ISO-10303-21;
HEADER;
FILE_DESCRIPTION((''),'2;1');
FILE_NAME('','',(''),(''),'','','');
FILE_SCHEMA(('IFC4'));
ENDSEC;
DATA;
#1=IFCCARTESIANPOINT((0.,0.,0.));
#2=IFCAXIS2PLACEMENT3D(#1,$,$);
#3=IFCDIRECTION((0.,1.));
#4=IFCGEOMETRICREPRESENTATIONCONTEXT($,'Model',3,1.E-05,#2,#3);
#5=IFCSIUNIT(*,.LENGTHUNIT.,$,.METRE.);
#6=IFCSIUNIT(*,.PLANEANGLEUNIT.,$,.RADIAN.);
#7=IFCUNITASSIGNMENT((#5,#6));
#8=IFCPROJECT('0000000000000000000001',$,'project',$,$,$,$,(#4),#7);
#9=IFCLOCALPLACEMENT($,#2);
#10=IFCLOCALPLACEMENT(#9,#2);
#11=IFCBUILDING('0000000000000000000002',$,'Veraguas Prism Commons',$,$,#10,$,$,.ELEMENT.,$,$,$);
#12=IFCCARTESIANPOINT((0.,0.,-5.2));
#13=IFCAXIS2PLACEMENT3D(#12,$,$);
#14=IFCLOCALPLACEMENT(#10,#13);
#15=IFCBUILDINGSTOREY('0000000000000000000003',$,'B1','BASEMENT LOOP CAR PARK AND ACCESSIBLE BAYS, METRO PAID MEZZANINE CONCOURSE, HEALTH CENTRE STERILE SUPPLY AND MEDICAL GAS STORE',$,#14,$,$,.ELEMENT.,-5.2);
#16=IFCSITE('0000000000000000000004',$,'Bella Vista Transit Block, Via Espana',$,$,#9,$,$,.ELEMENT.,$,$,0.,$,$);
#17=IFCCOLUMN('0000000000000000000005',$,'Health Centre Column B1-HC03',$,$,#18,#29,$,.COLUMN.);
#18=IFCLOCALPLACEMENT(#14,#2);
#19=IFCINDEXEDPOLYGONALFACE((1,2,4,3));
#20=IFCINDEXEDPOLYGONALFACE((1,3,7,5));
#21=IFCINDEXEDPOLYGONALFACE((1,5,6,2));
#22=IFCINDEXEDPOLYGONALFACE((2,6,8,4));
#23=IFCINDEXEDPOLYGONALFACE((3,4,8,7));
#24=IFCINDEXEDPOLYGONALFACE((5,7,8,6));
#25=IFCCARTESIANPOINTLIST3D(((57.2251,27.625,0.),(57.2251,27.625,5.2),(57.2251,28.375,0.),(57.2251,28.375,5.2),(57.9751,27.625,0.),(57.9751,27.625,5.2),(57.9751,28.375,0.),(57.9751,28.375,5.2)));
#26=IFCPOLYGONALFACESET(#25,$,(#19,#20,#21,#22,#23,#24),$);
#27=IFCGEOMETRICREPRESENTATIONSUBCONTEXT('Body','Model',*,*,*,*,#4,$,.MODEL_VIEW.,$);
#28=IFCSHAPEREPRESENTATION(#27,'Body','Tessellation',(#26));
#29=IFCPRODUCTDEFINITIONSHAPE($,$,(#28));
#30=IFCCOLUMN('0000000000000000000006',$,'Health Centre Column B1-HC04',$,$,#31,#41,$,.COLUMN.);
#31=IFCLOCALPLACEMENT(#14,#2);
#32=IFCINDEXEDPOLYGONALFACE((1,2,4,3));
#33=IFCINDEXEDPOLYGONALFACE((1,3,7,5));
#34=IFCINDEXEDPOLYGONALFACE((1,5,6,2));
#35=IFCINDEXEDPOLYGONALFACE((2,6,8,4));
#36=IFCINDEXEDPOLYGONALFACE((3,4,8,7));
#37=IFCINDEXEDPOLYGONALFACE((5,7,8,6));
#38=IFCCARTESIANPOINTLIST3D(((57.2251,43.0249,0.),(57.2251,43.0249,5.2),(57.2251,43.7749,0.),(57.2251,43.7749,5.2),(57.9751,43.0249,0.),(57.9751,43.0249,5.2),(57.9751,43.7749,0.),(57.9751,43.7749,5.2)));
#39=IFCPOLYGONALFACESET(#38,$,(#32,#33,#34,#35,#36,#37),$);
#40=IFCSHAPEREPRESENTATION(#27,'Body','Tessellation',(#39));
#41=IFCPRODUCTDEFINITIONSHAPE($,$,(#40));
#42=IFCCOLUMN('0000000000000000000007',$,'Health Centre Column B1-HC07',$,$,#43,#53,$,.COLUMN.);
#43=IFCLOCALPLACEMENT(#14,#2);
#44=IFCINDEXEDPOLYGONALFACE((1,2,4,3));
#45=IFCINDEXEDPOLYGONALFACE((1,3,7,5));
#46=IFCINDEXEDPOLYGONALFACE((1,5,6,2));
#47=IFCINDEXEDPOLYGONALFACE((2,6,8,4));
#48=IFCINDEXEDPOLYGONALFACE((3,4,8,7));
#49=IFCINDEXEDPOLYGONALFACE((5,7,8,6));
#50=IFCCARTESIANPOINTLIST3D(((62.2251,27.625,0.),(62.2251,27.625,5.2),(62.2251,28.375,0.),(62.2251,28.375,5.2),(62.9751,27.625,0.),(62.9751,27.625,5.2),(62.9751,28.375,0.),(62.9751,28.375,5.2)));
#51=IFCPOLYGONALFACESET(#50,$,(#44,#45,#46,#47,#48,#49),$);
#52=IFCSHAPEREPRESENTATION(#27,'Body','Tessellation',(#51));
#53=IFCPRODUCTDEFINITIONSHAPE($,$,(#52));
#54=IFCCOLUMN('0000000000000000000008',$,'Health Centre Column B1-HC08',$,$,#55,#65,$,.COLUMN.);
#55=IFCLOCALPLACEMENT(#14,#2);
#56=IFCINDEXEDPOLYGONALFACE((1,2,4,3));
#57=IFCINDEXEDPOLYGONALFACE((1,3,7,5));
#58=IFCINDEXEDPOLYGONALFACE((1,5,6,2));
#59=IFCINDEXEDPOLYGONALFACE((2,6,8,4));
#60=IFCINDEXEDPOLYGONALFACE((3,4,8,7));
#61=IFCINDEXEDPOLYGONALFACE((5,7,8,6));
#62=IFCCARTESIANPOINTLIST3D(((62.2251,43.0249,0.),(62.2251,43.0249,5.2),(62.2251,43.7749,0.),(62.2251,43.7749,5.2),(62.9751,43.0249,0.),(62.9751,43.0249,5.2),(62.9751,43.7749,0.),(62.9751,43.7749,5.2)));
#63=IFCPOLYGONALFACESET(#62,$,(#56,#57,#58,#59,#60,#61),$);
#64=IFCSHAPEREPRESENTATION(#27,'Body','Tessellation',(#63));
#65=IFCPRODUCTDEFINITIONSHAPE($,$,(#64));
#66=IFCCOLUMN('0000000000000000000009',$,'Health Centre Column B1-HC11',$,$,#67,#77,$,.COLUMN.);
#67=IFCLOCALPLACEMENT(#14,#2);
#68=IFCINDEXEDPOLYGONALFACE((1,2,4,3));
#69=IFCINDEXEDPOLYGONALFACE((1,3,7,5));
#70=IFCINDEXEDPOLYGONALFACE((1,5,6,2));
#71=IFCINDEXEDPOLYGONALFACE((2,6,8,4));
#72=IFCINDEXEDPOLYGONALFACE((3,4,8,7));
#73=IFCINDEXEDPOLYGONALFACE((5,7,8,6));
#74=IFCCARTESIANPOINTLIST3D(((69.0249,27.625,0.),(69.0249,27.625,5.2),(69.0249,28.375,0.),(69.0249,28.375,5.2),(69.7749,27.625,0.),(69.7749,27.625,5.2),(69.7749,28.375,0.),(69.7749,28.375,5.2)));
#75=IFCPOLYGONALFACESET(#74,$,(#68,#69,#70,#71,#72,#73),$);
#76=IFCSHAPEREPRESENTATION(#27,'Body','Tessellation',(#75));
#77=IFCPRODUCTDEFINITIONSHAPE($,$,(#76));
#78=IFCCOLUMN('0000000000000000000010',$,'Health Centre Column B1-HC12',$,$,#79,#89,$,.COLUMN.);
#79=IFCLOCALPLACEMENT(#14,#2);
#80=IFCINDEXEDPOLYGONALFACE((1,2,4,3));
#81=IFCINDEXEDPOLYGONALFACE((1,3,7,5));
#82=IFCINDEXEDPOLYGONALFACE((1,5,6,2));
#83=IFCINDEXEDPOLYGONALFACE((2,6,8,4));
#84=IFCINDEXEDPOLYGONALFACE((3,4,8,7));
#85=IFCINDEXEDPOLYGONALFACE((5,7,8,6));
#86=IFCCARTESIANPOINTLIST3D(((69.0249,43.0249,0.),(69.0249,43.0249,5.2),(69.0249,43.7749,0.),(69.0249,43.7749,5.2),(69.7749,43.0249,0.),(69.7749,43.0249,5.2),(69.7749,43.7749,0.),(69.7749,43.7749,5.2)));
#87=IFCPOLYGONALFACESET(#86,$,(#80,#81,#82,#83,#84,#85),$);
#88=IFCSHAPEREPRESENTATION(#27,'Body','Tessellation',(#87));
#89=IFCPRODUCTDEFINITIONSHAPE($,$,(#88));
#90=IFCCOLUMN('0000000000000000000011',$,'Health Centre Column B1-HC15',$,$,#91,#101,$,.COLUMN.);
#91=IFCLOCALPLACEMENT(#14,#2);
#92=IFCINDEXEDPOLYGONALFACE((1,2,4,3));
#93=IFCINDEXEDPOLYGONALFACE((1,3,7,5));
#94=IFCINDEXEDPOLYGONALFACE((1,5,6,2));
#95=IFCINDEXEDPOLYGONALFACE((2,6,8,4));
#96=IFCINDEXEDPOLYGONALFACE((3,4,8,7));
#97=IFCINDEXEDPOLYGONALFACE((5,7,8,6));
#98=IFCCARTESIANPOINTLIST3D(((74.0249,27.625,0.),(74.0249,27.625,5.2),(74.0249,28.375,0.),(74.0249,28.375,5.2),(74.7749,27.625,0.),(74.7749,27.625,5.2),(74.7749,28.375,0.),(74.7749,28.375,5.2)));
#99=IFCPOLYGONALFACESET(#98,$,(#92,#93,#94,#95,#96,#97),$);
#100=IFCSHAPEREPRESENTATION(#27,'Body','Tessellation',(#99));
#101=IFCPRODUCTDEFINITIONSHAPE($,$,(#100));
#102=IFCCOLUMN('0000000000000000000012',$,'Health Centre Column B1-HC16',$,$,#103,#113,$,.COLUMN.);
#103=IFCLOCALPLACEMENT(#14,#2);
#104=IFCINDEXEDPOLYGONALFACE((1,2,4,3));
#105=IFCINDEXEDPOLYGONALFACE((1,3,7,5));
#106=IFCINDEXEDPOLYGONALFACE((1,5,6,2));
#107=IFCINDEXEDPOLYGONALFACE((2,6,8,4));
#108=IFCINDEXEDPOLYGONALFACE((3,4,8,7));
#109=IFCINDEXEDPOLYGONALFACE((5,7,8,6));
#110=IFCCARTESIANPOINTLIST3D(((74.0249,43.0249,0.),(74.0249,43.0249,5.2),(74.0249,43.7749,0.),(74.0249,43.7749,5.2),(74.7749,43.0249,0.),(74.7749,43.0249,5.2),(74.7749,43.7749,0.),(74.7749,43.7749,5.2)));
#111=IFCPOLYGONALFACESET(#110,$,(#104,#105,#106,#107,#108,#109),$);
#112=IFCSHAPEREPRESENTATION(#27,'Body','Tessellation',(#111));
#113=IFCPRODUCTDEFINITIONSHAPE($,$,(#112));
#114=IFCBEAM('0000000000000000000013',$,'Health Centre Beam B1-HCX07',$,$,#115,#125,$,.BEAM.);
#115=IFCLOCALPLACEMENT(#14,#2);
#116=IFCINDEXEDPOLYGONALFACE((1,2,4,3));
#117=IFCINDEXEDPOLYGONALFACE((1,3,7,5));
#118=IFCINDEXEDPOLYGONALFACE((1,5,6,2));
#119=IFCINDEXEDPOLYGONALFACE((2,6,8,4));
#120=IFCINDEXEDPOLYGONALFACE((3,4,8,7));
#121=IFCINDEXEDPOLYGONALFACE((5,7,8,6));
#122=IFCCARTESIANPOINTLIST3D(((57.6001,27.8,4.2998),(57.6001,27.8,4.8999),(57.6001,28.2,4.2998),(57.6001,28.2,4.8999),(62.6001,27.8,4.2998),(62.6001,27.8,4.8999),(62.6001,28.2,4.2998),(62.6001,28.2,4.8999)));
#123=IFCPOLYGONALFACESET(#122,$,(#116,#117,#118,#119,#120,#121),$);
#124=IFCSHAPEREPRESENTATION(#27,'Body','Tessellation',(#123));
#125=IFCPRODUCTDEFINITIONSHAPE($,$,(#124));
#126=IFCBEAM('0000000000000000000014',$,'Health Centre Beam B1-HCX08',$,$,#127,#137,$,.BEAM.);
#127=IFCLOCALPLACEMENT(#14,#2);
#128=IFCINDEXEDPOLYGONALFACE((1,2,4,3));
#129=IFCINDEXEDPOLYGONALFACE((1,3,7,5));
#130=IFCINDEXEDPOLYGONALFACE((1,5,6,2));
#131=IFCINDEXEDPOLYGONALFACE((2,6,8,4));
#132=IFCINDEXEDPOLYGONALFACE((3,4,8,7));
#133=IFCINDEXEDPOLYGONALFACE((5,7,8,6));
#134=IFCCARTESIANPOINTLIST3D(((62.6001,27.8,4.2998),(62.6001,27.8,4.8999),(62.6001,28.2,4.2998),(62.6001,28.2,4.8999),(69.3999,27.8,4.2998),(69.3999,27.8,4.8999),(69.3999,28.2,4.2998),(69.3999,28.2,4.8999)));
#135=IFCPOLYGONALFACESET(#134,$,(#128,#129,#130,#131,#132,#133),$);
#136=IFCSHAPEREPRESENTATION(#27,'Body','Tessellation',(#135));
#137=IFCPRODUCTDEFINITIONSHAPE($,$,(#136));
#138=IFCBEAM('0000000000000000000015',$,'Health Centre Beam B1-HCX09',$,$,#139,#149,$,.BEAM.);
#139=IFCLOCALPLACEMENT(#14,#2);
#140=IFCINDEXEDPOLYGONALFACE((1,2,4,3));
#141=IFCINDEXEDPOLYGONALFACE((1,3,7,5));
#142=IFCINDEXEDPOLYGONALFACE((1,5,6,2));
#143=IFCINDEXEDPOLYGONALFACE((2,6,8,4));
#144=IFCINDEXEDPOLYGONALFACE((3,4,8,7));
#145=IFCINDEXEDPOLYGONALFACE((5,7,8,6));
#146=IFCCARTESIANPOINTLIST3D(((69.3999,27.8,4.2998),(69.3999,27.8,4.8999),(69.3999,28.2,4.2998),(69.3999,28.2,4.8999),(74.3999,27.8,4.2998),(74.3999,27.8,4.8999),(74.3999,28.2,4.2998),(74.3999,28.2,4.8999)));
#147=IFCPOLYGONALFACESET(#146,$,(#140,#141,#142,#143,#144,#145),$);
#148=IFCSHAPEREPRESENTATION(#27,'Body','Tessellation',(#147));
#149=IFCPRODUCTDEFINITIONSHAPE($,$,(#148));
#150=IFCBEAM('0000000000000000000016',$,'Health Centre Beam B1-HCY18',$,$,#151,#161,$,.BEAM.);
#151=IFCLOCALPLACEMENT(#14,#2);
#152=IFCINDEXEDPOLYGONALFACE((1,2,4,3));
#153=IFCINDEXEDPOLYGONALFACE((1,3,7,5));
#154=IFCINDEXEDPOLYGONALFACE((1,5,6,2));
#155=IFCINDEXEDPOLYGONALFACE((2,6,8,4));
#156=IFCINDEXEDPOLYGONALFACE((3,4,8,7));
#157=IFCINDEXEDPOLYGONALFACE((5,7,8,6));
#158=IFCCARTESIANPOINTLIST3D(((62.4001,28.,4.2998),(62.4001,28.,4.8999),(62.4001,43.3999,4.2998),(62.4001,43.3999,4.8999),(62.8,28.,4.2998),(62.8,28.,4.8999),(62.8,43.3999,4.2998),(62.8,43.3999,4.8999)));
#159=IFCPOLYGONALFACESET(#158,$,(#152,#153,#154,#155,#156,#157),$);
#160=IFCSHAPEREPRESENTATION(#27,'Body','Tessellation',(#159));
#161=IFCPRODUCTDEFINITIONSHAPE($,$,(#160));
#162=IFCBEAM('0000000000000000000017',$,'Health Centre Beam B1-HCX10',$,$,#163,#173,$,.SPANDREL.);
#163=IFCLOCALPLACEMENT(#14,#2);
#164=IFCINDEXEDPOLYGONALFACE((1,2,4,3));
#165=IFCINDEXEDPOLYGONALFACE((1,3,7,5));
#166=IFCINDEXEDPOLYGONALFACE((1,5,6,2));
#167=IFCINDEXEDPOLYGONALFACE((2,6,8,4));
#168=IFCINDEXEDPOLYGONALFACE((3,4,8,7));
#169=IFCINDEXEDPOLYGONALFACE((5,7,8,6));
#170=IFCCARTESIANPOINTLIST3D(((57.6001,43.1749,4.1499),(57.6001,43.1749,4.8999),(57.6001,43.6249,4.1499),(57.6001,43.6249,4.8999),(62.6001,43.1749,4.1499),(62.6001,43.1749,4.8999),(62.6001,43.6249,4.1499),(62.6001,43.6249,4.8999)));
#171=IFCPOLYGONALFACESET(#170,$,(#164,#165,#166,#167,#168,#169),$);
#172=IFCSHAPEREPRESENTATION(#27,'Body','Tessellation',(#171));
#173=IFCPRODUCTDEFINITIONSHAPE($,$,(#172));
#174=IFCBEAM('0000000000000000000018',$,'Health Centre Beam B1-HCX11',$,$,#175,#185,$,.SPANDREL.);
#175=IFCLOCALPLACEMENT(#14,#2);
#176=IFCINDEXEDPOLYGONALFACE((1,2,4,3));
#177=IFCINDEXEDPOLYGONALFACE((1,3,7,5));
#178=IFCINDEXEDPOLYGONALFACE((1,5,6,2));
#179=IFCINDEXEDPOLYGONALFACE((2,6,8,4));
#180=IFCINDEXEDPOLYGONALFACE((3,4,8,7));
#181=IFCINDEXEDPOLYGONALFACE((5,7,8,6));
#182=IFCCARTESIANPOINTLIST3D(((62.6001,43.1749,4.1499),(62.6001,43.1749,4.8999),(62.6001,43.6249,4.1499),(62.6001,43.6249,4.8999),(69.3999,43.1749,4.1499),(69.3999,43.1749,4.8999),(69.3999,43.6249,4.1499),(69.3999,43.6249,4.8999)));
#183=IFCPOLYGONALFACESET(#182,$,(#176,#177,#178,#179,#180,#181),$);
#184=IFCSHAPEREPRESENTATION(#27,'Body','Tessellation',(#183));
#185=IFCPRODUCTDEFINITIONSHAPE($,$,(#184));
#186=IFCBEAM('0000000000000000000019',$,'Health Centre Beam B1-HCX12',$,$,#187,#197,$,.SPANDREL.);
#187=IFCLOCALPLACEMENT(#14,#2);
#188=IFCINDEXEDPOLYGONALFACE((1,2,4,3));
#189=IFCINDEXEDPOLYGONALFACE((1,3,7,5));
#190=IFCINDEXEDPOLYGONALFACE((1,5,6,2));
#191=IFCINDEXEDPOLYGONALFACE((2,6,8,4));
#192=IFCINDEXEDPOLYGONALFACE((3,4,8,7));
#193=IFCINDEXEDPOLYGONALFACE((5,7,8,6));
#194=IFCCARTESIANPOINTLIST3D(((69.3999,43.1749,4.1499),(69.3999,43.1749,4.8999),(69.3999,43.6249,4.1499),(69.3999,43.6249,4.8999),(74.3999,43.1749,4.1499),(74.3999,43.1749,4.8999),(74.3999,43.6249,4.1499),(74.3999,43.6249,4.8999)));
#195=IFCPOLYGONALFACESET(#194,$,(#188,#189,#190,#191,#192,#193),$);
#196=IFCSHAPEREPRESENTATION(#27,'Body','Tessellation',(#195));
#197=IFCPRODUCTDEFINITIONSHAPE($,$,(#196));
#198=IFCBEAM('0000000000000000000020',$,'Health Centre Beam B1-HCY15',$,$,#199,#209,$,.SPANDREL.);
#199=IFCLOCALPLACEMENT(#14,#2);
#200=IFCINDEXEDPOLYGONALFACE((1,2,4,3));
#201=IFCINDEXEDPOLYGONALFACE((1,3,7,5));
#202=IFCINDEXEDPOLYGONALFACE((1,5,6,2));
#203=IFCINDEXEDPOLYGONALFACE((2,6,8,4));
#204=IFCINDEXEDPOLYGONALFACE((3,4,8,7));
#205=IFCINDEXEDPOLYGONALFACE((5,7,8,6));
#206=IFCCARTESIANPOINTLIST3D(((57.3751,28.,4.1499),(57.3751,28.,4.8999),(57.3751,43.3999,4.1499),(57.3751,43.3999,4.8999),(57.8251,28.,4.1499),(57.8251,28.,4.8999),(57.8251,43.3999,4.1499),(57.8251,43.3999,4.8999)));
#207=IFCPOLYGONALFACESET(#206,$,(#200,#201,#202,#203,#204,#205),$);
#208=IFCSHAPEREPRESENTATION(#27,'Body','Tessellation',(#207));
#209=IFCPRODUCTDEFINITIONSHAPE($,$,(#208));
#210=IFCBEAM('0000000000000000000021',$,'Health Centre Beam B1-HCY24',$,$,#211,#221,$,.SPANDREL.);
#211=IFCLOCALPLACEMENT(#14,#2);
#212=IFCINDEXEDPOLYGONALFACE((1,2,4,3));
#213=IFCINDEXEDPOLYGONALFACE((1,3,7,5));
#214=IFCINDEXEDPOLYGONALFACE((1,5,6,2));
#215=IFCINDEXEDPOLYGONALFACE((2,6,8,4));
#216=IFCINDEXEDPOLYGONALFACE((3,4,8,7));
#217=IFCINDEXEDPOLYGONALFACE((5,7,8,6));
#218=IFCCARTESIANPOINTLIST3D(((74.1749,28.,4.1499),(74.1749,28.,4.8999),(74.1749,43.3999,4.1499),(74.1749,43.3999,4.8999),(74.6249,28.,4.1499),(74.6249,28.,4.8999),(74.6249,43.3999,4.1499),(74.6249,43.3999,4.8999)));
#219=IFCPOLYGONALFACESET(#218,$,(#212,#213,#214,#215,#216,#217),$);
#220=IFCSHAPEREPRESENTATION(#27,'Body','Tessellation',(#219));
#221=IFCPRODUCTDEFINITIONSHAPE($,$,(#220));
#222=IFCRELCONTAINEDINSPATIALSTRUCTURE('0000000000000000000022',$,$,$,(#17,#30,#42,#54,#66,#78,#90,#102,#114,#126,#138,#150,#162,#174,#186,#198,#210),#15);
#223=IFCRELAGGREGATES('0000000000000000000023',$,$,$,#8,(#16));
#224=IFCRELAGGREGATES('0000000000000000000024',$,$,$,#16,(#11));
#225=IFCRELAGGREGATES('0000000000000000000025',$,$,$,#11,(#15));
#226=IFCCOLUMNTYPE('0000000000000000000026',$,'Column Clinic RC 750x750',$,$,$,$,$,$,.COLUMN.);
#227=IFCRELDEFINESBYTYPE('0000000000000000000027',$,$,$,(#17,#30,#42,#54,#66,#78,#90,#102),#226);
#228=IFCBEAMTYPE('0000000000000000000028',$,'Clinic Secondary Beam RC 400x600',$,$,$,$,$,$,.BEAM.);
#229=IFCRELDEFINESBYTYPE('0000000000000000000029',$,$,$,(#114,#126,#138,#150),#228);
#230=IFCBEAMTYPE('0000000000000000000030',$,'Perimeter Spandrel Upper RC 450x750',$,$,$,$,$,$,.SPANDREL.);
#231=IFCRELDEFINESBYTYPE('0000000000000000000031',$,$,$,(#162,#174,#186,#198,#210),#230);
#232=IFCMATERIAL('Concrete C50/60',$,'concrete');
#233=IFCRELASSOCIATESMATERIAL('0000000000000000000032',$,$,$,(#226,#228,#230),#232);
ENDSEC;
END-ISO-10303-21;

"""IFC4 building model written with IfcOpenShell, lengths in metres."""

from ifc_helpers import new_model, si_unit, direction, frame, origin, origin_2d, place, context, subcontext, project, spatial, rectangle, extrude, material, material_profile, profile_set, type_object, element, save


model = new_model("IFC4")

# Units and contexts
model_context = context("Model", 3, precision=1e-05, world=origin(), true_north=direction((0.0, 1.0)))
body_context = subcontext(model_context, "Body", "Model", "MODEL_VIEW")
ifc_project = project(units=[si_unit("LENGTHUNIT", "METRE"), si_unit("PLANEANGLEUNIT", "RADIAN")], contexts=[model_context])

# Site, building, storey
site_placement = place(None, origin())
site = spatial("IfcSite", under=ifc_project, at=site_placement, Name="Bella Vista Transit Block, Via Espana", CompositionType="ELEMENT", RefElevation=0.0)
building_placement = place(site_placement, origin())
building = spatial("IfcBuilding", under=site, at=building_placement, Name="Veraguas Prism Commons", CompositionType="ELEMENT")
storey_placement = place(building_placement, frame((0.0, 0.0, -5.2)))
storey = spatial("IfcBuildingStorey", under=building, at=storey_placement, Name="B1", Description="BASEMENT LOOP CAR PARK AND ACCESSIBLE BAYS, METRO PAID MEZZANINE CONCOURSE, HEALTH CENTRE STERILE SUPPLY AND MEDICAL GAS STORE", CompositionType="ELEMENT", Elevation=-5.2)

# Columns
ifc_material_1 = material(Name="Concrete C50/60", Category="concrete")
ifc_material_profile_1 = material_profile(ifc_material_1, rectangle(XDim=0.75, YDim=0.75, at=origin_2d()), Name="RC750X750")
ifc_profile_set_1 = profile_set([ifc_material_profile_1], Name="Concrete C50/60")
column_type = type_object("IfcColumnType", Name="Column Clinic RC 750x750", PredefinedType="COLUMN", material=ifc_profile_set_1)
for number, where, z_axis, x_axis, name in (
    (1, (57.6001, 28.0, 0.0), (0.0, 0.0, 1.0), (1.0, 0.0, 0.0), "Health Centre Column B1-HC03"),
    (2, (57.6001, 43.3999, 0.0), (0.0, 0.0, 1.0), (1.0, 0.0, 0.0), "Health Centre Column B1-HC04"),
    (3, (62.6001, 28.0, 0.0), (0.0, 0.0, 1.0), (1.0, 0.0, 0.0), "Health Centre Column B1-HC07"),
    (4, (62.6001, 43.3999, 0.0), (0.0, 0.0, 1.0), (1.0, 0.0, 0.0), "Health Centre Column B1-HC08"),
    (5, (69.3999, 28.0, 0.0), (0.0, 0.0, 1.0), (1.0, 0.0, 0.0), "Health Centre Column B1-HC11"),
    (6, (69.3999, 43.3999, 0.0), (0.0, 0.0, 1.0), (1.0, 0.0, 0.0), "Health Centre Column B1-HC12"),
    (7, (74.3999, 28.0, 0.0), (0.0, 0.0, 1.0), (1.0, 0.0, 0.0), "Health Centre Column B1-HC15"),
    (8, (74.3999, 43.3999, 0.0), (0.0, 0.0, 1.0), (1.0, 0.0, 0.0), "Health Centre Column B1-HC16"),
):
    element("IfcColumn", number, at=place(storey_placement, frame(where, z_axis=z_axis, x_axis=x_axis)), inside=storey, type_object=column_type, Name=name, PredefinedType="COLUMN", context=body_context, shape_type="SweptSolid", body=[
        extrude(rectangle(XDim=0.75, YDim=0.75, at=origin_2d()), origin(), (0.0, 0.0, 1.0), 5.2),
    ])

# Beams
ifc_material_profile_2 = material_profile(ifc_material_1, rectangle(XDim=0.3999, YDim=0.6001, at=origin_2d()), Name="RC400X600")
ifc_profile_set_2 = profile_set([ifc_material_profile_2], Name="Concrete C50/60")
beam_type_1 = type_object("IfcBeamType", Name="Clinic Secondary Beam RC 400x600", PredefinedType="BEAM", material=ifc_profile_set_2)
beam_1_placement = place(storey_placement, frame((57.6001, 28.0, 4.5999), z_axis=(1.0, 0.0, 0.0), x_axis=(0.0, 1.0, 0.0)))
element("IfcBeam", 9, at=beam_1_placement, inside=storey, type_object=beam_type_1, Name="Health Centre Beam B1-HCX07", PredefinedType="BEAM", context=body_context, shape_type="SweptSolid", body=[
    extrude(rectangle(XDim=0.3999, YDim=0.6001, at=origin_2d()), origin(), (0.0, 0.0, 1.0), 5.0),
])
beam_2_placement = place(storey_placement, frame((62.6001, 28.0, 4.5999), z_axis=(1.0, 0.0, 0.0), x_axis=(0.0, 1.0, 0.0)))
element("IfcBeam", 10, at=beam_2_placement, inside=storey, type_object=beam_type_1, Name="Health Centre Beam B1-HCX08", PredefinedType="BEAM", context=body_context, shape_type="SweptSolid", body=[
    extrude(rectangle(XDim=0.3999, YDim=0.6001, at=origin_2d()), origin(), (0.0, 0.0, 1.0), 6.7998),
])
beam_3_placement = place(storey_placement, frame((69.3999, 28.0, 4.5999), z_axis=(1.0, 0.0, 0.0), x_axis=(0.0, 1.0, 0.0)))
element("IfcBeam", 11, at=beam_3_placement, inside=storey, type_object=beam_type_1, Name="Health Centre Beam B1-HCX09", PredefinedType="BEAM", context=body_context, shape_type="SweptSolid", body=[
    extrude(rectangle(XDim=0.3999, YDim=0.6001, at=origin_2d()), origin(), (0.0, 0.0, 1.0), 5.0),
])
beam_4_placement = place(storey_placement, frame((62.6001, 28.0, 4.5999), z_axis=(0.0, 1.0, 0.0), x_axis=(-1.0, 0.0, 0.0)))
element("IfcBeam", 12, at=beam_4_placement, inside=storey, type_object=beam_type_1, Name="Health Centre Beam B1-HCY18", PredefinedType="BEAM", context=body_context, shape_type="SweptSolid", body=[
    extrude(rectangle(XDim=0.3999, YDim=0.6001, at=origin_2d()), origin(), (0.0, 0.0, 1.0), 15.3999),
])
ifc_material_profile_3 = material_profile(ifc_material_1, rectangle(XDim=0.45, YDim=0.75, at=origin_2d()), Name="RC450X750")
ifc_profile_set_3 = profile_set([ifc_material_profile_3], Name="Concrete C50/60")
beam_type_2 = type_object("IfcBeamType", Name="Perimeter Spandrel Upper RC 450x750", PredefinedType="SPANDREL", material=ifc_profile_set_3)
beam_5_placement = place(storey_placement, frame((57.6001, 43.3999, 4.5249), z_axis=(1.0, 0.0, 0.0), x_axis=(0.0, 1.0, 0.0)))
element("IfcBeam", 13, at=beam_5_placement, inside=storey, type_object=beam_type_2, Name="Health Centre Beam B1-HCX10", PredefinedType="SPANDREL", context=body_context, shape_type="SweptSolid", body=[
    extrude(rectangle(XDim=0.45, YDim=0.75, at=origin_2d()), origin(), (0.0, 0.0, 1.0), 5.0),
])
beam_6_placement = place(storey_placement, frame((62.6001, 43.3999, 4.5249), z_axis=(1.0, 0.0, 0.0), x_axis=(0.0, 1.0, 0.0)))
element("IfcBeam", 14, at=beam_6_placement, inside=storey, type_object=beam_type_2, Name="Health Centre Beam B1-HCX11", PredefinedType="SPANDREL", context=body_context, shape_type="SweptSolid", body=[
    extrude(rectangle(XDim=0.45, YDim=0.75, at=origin_2d()), origin(), (0.0, 0.0, 1.0), 6.7998),
])
beam_7_placement = place(storey_placement, frame((69.3999, 43.3999, 4.5249), z_axis=(1.0, 0.0, 0.0), x_axis=(0.0, 1.0, 0.0)))
element("IfcBeam", 15, at=beam_7_placement, inside=storey, type_object=beam_type_2, Name="Health Centre Beam B1-HCX12", PredefinedType="SPANDREL", context=body_context, shape_type="SweptSolid", body=[
    extrude(rectangle(XDim=0.45, YDim=0.75, at=origin_2d()), origin(), (0.0, 0.0, 1.0), 5.0),
])
for number, where, z_axis, x_axis, name in (
    (16, (57.6001, 28.0, 4.5249), (0.0, 1.0, 0.0), (-1.0, 0.0, 0.0), "Health Centre Beam B1-HCY15"),
    (17, (74.3999, 28.0, 4.5249), (0.0, 1.0, 0.0), (-1.0, 0.0, 0.0), "Health Centre Beam B1-HCY24"),
):
    element("IfcBeam", number, at=place(storey_placement, frame(where, z_axis=z_axis, x_axis=x_axis)), inside=storey, type_object=beam_type_2, Name=name, PredefinedType="SPANDREL", context=body_context, shape_type="SweptSolid", body=[
        extrude(rectangle(XDim=0.45, YDim=0.75, at=origin_2d()), origin(), (0.0, 0.0, 1.0), 15.3999),
    ])

save(model, "model.ifc")
